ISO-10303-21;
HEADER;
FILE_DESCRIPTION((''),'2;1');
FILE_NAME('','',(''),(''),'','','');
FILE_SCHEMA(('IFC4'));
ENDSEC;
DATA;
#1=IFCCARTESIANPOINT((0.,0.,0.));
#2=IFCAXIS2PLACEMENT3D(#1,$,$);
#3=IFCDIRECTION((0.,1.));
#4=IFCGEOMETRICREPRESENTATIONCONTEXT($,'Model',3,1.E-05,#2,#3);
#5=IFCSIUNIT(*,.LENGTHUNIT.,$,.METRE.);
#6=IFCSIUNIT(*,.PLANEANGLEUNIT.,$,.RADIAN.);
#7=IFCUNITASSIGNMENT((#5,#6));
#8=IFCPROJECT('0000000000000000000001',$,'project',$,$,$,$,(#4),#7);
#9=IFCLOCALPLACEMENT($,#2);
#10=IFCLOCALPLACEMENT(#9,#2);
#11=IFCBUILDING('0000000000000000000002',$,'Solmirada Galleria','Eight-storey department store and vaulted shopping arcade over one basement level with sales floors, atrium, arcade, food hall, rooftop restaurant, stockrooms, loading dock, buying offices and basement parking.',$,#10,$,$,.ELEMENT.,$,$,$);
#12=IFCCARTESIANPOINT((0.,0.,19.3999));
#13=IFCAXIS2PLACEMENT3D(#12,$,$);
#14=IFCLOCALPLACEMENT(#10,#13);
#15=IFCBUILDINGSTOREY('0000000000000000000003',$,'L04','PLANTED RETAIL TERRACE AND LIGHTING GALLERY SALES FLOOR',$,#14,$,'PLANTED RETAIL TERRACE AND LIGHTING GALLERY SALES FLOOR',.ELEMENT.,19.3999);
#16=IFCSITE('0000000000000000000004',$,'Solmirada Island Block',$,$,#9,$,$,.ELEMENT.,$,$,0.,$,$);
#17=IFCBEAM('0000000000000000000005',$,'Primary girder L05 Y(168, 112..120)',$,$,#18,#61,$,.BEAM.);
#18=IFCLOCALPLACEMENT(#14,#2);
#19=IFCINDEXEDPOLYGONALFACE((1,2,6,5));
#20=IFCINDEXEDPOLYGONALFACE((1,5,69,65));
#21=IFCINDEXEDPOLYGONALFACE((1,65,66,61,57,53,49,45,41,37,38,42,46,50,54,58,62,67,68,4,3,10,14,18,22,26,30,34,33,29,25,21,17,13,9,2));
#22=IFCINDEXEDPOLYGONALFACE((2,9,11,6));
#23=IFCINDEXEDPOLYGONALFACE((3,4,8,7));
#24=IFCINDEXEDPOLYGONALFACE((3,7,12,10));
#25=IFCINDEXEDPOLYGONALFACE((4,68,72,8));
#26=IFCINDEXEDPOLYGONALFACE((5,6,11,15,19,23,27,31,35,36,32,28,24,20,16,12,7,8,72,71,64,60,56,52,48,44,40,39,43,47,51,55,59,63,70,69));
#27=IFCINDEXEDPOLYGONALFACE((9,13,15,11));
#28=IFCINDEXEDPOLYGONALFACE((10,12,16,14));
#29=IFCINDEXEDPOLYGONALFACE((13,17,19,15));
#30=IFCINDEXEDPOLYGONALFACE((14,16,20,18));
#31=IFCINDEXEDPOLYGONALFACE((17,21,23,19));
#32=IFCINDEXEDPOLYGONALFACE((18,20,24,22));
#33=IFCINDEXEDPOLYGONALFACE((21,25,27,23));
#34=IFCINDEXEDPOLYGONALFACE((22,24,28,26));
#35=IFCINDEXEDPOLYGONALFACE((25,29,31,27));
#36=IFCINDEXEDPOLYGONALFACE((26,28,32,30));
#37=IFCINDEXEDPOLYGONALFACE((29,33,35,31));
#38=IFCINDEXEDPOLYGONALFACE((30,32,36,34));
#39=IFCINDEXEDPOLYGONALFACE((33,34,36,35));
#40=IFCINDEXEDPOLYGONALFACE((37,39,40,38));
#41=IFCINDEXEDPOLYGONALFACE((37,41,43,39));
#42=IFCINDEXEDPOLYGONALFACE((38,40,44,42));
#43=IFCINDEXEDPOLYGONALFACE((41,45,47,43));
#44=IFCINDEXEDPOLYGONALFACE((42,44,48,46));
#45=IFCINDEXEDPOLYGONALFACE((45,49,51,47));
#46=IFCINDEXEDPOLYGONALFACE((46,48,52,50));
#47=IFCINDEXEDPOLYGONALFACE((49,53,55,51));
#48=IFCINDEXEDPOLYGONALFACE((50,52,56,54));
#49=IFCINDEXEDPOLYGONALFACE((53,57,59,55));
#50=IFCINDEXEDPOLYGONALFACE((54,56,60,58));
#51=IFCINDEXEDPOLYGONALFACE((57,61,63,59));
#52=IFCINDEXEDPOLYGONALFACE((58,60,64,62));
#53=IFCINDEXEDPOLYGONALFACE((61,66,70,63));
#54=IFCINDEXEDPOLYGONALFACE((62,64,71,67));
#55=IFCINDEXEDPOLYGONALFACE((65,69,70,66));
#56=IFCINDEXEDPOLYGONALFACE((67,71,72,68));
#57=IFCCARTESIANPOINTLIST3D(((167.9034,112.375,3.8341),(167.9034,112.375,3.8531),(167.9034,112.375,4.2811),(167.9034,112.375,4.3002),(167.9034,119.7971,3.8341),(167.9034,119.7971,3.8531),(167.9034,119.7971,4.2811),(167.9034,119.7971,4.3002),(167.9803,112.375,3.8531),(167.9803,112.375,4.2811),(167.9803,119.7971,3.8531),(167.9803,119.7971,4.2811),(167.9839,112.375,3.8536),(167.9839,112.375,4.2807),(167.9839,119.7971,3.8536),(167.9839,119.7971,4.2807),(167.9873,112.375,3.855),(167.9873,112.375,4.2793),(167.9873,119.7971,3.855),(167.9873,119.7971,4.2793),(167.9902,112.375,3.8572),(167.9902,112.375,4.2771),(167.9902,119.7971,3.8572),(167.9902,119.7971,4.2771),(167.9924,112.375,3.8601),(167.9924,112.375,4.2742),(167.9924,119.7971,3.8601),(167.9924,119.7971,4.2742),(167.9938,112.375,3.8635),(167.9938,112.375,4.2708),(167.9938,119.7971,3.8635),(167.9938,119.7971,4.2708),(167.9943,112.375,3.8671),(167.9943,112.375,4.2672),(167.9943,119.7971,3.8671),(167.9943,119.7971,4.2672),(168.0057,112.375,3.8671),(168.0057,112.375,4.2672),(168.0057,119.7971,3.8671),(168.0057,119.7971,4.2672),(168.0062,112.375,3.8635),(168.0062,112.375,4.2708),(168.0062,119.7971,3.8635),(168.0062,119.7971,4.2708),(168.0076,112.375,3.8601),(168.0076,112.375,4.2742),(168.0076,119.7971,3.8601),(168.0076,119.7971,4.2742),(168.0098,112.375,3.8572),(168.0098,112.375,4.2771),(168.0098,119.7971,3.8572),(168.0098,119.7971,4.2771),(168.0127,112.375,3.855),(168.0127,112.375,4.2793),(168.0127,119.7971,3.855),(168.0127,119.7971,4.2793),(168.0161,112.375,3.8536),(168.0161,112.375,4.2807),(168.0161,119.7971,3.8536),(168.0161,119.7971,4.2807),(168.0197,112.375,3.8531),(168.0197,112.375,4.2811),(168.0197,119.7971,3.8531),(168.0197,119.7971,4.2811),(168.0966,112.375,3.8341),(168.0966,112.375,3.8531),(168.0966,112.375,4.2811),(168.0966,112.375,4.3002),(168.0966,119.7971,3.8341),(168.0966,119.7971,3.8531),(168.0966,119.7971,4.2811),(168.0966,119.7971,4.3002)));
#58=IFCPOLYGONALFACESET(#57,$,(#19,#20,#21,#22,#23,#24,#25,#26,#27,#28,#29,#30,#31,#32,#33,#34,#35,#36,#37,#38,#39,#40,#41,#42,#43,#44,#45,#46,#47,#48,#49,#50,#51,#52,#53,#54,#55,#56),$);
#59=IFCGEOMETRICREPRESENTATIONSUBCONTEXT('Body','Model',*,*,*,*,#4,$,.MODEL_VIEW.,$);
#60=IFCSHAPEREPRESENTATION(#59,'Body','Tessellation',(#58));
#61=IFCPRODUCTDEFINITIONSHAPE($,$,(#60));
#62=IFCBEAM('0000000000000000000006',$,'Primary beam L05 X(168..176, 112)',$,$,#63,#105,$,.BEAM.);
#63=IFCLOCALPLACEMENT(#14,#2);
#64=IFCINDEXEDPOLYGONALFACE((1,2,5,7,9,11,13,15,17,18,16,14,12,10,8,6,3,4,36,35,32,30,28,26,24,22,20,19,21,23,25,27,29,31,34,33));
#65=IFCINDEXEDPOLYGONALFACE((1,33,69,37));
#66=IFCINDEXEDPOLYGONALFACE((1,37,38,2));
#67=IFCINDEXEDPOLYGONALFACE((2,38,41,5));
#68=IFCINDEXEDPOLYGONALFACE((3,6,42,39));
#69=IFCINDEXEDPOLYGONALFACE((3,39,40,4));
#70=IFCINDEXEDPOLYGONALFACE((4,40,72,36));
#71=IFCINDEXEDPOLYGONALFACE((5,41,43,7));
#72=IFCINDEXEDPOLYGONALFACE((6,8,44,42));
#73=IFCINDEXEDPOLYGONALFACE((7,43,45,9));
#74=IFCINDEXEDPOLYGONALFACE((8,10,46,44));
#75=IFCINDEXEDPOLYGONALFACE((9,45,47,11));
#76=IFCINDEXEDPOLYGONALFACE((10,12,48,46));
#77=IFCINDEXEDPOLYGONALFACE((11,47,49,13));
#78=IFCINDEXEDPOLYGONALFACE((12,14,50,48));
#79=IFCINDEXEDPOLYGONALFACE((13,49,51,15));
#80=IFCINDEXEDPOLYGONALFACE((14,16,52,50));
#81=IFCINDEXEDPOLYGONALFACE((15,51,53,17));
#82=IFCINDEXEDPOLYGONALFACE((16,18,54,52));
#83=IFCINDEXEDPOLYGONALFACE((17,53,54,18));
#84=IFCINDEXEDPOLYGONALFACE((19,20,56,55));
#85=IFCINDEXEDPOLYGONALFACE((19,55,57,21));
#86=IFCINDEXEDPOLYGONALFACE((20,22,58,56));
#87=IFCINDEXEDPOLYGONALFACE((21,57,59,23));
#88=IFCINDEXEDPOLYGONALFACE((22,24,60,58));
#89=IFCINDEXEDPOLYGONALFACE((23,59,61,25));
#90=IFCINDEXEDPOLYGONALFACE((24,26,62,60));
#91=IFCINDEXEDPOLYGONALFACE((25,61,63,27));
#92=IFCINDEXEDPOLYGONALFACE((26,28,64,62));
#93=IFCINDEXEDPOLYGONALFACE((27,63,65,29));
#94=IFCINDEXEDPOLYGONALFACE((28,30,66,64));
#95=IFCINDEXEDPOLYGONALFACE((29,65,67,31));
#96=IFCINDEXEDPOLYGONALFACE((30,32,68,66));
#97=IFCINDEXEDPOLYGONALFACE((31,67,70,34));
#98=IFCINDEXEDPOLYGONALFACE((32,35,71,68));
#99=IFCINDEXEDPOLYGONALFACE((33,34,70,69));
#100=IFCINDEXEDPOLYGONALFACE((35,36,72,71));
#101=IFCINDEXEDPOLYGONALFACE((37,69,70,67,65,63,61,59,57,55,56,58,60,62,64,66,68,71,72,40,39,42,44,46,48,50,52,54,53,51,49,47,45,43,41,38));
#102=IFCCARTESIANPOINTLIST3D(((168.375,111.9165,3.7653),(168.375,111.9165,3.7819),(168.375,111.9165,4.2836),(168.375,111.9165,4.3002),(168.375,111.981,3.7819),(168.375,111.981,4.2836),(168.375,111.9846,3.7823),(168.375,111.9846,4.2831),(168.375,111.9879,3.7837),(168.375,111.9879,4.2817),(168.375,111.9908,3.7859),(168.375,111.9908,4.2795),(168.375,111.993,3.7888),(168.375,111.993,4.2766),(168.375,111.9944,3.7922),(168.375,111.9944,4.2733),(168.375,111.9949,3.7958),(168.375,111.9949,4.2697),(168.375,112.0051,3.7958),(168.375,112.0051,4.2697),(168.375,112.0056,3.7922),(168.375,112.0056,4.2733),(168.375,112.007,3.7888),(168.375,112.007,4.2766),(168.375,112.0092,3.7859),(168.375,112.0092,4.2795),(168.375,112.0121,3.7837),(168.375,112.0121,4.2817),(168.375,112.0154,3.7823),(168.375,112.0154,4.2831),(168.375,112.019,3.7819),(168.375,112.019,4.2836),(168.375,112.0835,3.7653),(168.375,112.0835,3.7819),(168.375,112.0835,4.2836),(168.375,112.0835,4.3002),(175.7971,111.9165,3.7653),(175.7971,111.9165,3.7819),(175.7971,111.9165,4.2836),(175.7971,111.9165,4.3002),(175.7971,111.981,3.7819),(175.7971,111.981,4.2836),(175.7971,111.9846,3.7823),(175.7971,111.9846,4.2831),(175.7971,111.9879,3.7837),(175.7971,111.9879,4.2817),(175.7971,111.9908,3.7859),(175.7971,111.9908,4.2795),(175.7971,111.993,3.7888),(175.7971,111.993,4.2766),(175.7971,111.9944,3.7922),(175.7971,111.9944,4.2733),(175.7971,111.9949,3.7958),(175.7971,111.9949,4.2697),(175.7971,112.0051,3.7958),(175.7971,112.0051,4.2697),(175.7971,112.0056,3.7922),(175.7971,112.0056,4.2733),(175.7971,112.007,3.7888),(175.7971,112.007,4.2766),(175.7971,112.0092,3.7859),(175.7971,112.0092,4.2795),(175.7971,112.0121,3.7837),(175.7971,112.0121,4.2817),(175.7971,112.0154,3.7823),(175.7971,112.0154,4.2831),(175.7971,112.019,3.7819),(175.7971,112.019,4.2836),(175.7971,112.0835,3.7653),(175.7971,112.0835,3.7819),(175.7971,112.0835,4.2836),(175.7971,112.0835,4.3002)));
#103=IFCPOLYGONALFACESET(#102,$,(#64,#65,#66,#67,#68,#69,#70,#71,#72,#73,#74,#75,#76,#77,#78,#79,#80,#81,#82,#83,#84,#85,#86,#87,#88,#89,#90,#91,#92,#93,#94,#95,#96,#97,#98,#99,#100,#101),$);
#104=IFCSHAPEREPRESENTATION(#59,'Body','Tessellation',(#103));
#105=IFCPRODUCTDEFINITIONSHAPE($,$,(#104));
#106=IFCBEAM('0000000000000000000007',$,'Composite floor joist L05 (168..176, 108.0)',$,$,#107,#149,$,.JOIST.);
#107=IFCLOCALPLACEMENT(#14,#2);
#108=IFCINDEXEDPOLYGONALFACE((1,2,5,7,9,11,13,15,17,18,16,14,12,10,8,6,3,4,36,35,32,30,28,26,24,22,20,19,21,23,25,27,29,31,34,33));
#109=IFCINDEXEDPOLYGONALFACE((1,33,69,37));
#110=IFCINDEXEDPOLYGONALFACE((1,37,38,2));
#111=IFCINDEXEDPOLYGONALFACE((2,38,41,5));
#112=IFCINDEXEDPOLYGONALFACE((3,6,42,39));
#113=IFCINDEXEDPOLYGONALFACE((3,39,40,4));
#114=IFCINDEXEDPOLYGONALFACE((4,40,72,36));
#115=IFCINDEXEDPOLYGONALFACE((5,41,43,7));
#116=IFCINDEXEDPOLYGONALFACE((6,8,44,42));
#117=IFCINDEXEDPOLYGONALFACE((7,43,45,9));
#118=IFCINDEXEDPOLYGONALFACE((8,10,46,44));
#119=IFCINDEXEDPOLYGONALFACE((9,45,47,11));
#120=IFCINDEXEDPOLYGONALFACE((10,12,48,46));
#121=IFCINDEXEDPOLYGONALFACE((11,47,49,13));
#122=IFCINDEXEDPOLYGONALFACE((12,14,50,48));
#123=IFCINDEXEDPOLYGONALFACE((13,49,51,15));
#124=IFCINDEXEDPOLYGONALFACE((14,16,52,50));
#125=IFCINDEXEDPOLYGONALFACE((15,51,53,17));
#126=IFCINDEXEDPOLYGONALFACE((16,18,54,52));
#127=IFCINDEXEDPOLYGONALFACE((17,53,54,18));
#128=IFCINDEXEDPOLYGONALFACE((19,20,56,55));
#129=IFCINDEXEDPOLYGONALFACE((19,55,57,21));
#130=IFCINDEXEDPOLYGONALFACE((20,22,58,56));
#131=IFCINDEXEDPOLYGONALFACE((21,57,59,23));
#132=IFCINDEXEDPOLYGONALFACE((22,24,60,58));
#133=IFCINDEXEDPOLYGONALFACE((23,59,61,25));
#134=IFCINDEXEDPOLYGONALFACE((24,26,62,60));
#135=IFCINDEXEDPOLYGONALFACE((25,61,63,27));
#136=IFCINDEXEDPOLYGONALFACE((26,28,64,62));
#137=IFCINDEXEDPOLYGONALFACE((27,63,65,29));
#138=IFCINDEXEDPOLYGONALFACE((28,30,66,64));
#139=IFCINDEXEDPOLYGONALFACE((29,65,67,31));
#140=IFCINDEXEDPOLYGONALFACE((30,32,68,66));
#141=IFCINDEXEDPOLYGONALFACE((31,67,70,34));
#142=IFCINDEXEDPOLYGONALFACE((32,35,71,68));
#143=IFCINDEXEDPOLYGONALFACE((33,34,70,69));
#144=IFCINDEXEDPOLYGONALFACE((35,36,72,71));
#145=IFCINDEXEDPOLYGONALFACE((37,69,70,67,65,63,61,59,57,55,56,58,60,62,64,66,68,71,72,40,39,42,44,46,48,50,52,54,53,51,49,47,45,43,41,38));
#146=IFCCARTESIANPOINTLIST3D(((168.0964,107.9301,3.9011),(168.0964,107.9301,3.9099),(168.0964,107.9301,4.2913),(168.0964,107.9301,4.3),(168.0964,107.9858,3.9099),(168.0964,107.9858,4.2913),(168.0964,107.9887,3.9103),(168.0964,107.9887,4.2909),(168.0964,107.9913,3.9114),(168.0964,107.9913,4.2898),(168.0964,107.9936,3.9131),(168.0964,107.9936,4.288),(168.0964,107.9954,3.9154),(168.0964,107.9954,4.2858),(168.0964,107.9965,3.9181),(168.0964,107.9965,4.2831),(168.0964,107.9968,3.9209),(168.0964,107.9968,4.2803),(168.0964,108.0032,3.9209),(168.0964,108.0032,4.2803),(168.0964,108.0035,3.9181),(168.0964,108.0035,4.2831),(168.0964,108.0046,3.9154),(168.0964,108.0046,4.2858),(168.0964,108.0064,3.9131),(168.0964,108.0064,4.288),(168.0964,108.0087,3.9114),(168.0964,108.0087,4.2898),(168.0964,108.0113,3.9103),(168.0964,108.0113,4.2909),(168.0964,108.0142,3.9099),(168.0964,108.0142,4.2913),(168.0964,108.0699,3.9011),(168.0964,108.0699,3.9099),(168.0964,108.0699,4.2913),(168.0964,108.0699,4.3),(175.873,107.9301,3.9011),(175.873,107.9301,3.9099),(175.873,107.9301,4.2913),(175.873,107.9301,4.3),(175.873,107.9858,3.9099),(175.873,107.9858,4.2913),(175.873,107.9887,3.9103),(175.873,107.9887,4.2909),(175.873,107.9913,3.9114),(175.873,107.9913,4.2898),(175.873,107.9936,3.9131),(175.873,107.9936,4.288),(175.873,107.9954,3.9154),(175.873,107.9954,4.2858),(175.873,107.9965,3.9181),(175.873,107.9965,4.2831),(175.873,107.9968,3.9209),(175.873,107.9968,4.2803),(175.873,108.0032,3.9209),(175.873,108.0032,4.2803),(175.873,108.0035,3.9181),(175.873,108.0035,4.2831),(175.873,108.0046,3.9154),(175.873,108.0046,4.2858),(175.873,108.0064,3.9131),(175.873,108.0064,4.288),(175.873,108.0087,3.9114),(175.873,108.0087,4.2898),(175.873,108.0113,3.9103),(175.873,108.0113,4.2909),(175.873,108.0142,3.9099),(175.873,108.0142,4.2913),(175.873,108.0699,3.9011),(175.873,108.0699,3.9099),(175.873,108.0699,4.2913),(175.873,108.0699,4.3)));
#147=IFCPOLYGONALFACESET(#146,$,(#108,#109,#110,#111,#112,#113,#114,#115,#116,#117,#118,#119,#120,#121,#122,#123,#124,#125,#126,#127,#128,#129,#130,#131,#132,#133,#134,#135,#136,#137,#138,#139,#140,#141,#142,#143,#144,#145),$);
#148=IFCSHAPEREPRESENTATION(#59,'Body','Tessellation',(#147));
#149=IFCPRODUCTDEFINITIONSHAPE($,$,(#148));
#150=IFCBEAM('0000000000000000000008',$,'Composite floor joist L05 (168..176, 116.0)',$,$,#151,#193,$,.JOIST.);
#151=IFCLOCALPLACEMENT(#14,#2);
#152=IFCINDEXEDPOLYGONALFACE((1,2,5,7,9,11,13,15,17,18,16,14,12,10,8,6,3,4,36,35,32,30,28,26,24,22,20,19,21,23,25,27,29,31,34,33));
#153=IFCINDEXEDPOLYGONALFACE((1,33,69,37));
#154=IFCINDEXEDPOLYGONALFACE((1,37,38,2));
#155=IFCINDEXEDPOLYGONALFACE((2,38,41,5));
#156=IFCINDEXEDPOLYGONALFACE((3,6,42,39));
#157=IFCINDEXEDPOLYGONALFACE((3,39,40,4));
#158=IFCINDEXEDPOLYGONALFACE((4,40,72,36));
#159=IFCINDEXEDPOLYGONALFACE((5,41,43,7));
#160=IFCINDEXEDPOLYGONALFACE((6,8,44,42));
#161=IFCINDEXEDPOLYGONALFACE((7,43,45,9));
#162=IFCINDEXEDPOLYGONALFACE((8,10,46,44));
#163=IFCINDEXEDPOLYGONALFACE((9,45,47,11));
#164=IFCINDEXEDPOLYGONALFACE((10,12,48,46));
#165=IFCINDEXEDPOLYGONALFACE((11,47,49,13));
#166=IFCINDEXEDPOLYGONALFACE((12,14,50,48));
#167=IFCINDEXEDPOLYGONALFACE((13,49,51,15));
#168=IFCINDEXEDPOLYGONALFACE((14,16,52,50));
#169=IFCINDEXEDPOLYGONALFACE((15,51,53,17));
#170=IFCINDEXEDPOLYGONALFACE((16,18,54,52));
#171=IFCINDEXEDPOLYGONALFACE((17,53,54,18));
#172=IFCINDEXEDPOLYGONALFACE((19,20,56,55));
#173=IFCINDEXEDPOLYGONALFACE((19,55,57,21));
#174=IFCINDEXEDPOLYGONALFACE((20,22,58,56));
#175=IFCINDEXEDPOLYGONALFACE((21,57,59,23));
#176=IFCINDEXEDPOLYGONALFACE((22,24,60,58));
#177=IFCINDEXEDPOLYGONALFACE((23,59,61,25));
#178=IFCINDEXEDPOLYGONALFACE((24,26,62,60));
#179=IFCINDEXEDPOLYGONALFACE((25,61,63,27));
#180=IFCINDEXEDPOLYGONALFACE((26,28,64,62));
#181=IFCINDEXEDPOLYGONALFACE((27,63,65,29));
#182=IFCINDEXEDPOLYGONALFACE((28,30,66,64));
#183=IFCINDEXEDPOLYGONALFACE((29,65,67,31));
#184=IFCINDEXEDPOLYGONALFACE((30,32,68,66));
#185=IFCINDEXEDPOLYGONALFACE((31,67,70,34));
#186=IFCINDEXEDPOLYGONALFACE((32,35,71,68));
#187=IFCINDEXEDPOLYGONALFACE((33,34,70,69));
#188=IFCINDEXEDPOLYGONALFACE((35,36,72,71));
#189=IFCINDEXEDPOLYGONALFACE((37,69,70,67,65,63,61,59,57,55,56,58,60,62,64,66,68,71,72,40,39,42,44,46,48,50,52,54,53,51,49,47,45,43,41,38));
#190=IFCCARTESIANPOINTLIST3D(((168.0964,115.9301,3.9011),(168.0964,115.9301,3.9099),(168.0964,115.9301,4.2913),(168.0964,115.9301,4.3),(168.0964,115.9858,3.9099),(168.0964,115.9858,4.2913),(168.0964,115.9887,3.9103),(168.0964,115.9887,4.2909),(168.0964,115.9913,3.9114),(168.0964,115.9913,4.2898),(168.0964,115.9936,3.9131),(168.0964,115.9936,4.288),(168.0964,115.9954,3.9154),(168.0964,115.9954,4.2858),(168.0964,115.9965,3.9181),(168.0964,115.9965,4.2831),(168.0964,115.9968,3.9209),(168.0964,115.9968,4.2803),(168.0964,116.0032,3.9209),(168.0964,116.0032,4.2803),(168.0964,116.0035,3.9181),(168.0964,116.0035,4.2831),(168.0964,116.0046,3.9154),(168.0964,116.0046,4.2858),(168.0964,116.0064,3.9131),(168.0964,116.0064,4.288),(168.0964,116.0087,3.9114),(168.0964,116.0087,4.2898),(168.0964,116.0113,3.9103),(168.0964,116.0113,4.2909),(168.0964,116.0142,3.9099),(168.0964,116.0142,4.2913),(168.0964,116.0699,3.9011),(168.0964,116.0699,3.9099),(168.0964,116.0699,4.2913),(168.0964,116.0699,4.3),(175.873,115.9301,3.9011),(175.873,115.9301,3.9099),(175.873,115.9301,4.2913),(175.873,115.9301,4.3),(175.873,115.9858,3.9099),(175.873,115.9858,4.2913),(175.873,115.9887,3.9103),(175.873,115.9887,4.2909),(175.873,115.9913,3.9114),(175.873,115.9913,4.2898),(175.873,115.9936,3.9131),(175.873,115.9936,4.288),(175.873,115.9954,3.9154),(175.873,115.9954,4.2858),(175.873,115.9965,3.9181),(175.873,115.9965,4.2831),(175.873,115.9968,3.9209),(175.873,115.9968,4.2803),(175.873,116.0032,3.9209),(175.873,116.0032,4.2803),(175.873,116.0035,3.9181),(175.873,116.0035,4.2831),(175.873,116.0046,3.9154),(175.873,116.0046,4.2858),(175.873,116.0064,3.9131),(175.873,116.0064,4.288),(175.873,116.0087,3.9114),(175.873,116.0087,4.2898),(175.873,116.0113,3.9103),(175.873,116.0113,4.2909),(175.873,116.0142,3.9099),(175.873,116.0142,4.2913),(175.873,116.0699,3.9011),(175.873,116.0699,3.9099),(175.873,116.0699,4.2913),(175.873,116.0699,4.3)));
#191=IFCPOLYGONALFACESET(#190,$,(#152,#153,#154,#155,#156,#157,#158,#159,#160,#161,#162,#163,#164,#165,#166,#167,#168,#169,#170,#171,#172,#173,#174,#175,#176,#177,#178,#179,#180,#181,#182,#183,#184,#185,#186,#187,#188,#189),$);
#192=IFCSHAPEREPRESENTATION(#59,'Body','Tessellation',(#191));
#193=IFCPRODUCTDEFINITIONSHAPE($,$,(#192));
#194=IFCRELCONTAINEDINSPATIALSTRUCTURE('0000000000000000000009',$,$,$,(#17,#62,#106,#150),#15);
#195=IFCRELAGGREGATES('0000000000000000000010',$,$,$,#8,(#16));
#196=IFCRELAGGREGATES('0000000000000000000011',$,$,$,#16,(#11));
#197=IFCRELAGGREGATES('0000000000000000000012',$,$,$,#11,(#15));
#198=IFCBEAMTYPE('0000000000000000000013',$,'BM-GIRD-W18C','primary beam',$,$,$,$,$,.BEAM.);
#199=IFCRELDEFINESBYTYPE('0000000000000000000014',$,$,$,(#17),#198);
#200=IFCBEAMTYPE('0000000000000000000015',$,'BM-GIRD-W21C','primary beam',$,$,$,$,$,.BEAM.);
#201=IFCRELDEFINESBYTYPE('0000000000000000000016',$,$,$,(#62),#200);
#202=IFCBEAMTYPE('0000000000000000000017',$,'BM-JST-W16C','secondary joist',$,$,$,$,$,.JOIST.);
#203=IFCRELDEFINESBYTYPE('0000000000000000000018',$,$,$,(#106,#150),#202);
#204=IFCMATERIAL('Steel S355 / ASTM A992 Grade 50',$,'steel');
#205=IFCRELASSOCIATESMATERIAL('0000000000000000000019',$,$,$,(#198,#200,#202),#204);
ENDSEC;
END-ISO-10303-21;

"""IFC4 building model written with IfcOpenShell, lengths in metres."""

from ifc_helpers import new_model, si_unit, direction, frame, origin, origin_2d, place, context, subcontext, project, spatial, i_section, extrude, material, material_profile, profile_set, type_object, element, save


model = new_model("IFC4")

# Units and contexts
model_context = context("Model", 3, precision=1e-05, world=origin(), true_north=direction((0.0, 1.0)))
body_context = subcontext(model_context, "Body", "Model", "MODEL_VIEW")
ifc_project = project(units=[si_unit("LENGTHUNIT", "METRE"), si_unit("PLANEANGLEUNIT", "RADIAN")], contexts=[model_context])

# Site, building, storey
site_placement = place(None, origin())
site = spatial("IfcSite", under=ifc_project, at=site_placement, Name="Solmirada Island Block", CompositionType="ELEMENT", RefElevation=0.0)
building_placement = place(site_placement, origin())
building = spatial("IfcBuilding", under=site, at=building_placement, Name="Solmirada Galleria", Description="Eight-storey department store and vaulted shopping arcade over one basement level with sales floors, atrium, arcade, food hall, rooftop restaurant, stockrooms, loading dock, buying offices and basement parking.", CompositionType="ELEMENT")
storey_placement = place(building_placement, frame((0.0, 0.0, 19.3999)))
storey = spatial("IfcBuildingStorey", under=building, at=storey_placement, Name="L04", Description="PLANTED RETAIL TERRACE AND LIGHTING GALLERY SALES FLOOR", LongName="PLANTED RETAIL TERRACE AND LIGHTING GALLERY SALES FLOOR", CompositionType="ELEMENT", Elevation=19.3999)

# Beams
ifc_material_1 = material(Name="Steel S355 / ASTM A992 Grade 50", Category="steel")
ifc_material_profile_1 = material_profile(ifc_material_1, i_section(OverallWidth=0.1931, OverallDepth=0.4661, WebThickness=0.0115, FlangeThickness=0.019, FilletRadius=0.0139, at=origin_2d()), Name="W18X65")
ifc_profile_set_1 = profile_set([ifc_material_profile_1], Name="Steel S355 / ASTM A992 Grade 50")
beam_type_1 = type_object("IfcBeamType", Name="BM-GIRD-W18C", Description="primary beam", PredefinedType="BEAM", material=ifc_profile_set_1)
beam_1_placement = place(storey_placement, frame((168.0, 112.375, 4.0671), z_axis=(0.0, 1.0, 0.0), x_axis=(-1.0, 0.0, 0.0)))
element("IfcBeam", 1, at=beam_1_placement, inside=storey, type_object=beam_type_1, Name="Primary girder L05 Y(168, 112..120)", PredefinedType="BEAM", context=body_context, shape_type="SweptSolid", body=[
    extrude(i_section(OverallWidth=0.1931, OverallDepth=0.4661, WebThickness=0.0115, FlangeThickness=0.019, FilletRadius=0.0139, at=origin_2d()), origin(), (0.0, 0.0, 1.0), 7.4221),
])
ifc_material_profile_2 = material_profile(ifc_material_1, i_section(OverallWidth=0.167, OverallDepth=0.5349, WebThickness=0.0103, FlangeThickness=0.0166, FilletRadius=0.0139, at=origin_2d()), Name="W21X57")
ifc_profile_set_2 = profile_set([ifc_material_profile_2], Name="Steel S355 / ASTM A992 Grade 50")
beam_type_2 = type_object("IfcBeamType", Name="BM-GIRD-W21C", Description="primary beam", PredefinedType="BEAM", material=ifc_profile_set_2)
beam_2_placement = place(storey_placement, frame((168.375, 112.0, 4.0327), z_axis=(1.0, 0.0, 0.0), x_axis=(0.0, 1.0, 0.0)))
element("IfcBeam", 2, at=beam_2_placement, inside=storey, type_object=beam_type_2, Name="Primary beam L05 X(168..176, 112)", PredefinedType="BEAM", context=body_context, shape_type="SweptSolid", body=[
    extrude(i_section(OverallWidth=0.167, OverallDepth=0.5349, WebThickness=0.0103, FlangeThickness=0.0166, FilletRadius=0.0139, at=origin_2d()), origin(), (0.0, 0.0, 1.0), 7.4221),
])
ifc_material_profile_3 = material_profile(ifc_material_1, i_section(OverallWidth=0.1399, OverallDepth=0.3989, WebThickness=0.0063, FlangeThickness=0.0088, FilletRadius=0.011, at=origin_2d()), Name="W16X26")
ifc_profile_set_3 = profile_set([ifc_material_profile_3], Name="Steel S355 / ASTM A992 Grade 50")
beam_type_3 = type_object("IfcBeamType", Name="BM-JST-W16C", Description="secondary joist", PredefinedType="JOIST", material=ifc_profile_set_3)
for number, where, z_axis, x_axis, name in (
    (3, (168.0964, 108.0, 4.1006), (1.0, 0.0, 0.0), (0.0, 1.0, 0.0), "Composite floor joist L05 (168..176, 108.0)"),
    (4, (168.0964, 116.0, 4.1006), (1.0, 0.0, 0.0), (0.0, 1.0, 0.0), "Composite floor joist L05 (168..176, 116.0)"),
):
    element("IfcBeam", number, at=place(storey_placement, frame(where, z_axis=z_axis, x_axis=x_axis)), inside=storey, type_object=beam_type_3, Name=name, PredefinedType="JOIST", context=body_context, shape_type="SweptSolid", body=[
        extrude(i_section(OverallWidth=0.1399, OverallDepth=0.3989, WebThickness=0.0063, FlangeThickness=0.0088, FilletRadius=0.011, at=origin_2d()), origin(), (0.0, 0.0, 1.0), 7.7766),
    ])

save(model, "model.ifc")
